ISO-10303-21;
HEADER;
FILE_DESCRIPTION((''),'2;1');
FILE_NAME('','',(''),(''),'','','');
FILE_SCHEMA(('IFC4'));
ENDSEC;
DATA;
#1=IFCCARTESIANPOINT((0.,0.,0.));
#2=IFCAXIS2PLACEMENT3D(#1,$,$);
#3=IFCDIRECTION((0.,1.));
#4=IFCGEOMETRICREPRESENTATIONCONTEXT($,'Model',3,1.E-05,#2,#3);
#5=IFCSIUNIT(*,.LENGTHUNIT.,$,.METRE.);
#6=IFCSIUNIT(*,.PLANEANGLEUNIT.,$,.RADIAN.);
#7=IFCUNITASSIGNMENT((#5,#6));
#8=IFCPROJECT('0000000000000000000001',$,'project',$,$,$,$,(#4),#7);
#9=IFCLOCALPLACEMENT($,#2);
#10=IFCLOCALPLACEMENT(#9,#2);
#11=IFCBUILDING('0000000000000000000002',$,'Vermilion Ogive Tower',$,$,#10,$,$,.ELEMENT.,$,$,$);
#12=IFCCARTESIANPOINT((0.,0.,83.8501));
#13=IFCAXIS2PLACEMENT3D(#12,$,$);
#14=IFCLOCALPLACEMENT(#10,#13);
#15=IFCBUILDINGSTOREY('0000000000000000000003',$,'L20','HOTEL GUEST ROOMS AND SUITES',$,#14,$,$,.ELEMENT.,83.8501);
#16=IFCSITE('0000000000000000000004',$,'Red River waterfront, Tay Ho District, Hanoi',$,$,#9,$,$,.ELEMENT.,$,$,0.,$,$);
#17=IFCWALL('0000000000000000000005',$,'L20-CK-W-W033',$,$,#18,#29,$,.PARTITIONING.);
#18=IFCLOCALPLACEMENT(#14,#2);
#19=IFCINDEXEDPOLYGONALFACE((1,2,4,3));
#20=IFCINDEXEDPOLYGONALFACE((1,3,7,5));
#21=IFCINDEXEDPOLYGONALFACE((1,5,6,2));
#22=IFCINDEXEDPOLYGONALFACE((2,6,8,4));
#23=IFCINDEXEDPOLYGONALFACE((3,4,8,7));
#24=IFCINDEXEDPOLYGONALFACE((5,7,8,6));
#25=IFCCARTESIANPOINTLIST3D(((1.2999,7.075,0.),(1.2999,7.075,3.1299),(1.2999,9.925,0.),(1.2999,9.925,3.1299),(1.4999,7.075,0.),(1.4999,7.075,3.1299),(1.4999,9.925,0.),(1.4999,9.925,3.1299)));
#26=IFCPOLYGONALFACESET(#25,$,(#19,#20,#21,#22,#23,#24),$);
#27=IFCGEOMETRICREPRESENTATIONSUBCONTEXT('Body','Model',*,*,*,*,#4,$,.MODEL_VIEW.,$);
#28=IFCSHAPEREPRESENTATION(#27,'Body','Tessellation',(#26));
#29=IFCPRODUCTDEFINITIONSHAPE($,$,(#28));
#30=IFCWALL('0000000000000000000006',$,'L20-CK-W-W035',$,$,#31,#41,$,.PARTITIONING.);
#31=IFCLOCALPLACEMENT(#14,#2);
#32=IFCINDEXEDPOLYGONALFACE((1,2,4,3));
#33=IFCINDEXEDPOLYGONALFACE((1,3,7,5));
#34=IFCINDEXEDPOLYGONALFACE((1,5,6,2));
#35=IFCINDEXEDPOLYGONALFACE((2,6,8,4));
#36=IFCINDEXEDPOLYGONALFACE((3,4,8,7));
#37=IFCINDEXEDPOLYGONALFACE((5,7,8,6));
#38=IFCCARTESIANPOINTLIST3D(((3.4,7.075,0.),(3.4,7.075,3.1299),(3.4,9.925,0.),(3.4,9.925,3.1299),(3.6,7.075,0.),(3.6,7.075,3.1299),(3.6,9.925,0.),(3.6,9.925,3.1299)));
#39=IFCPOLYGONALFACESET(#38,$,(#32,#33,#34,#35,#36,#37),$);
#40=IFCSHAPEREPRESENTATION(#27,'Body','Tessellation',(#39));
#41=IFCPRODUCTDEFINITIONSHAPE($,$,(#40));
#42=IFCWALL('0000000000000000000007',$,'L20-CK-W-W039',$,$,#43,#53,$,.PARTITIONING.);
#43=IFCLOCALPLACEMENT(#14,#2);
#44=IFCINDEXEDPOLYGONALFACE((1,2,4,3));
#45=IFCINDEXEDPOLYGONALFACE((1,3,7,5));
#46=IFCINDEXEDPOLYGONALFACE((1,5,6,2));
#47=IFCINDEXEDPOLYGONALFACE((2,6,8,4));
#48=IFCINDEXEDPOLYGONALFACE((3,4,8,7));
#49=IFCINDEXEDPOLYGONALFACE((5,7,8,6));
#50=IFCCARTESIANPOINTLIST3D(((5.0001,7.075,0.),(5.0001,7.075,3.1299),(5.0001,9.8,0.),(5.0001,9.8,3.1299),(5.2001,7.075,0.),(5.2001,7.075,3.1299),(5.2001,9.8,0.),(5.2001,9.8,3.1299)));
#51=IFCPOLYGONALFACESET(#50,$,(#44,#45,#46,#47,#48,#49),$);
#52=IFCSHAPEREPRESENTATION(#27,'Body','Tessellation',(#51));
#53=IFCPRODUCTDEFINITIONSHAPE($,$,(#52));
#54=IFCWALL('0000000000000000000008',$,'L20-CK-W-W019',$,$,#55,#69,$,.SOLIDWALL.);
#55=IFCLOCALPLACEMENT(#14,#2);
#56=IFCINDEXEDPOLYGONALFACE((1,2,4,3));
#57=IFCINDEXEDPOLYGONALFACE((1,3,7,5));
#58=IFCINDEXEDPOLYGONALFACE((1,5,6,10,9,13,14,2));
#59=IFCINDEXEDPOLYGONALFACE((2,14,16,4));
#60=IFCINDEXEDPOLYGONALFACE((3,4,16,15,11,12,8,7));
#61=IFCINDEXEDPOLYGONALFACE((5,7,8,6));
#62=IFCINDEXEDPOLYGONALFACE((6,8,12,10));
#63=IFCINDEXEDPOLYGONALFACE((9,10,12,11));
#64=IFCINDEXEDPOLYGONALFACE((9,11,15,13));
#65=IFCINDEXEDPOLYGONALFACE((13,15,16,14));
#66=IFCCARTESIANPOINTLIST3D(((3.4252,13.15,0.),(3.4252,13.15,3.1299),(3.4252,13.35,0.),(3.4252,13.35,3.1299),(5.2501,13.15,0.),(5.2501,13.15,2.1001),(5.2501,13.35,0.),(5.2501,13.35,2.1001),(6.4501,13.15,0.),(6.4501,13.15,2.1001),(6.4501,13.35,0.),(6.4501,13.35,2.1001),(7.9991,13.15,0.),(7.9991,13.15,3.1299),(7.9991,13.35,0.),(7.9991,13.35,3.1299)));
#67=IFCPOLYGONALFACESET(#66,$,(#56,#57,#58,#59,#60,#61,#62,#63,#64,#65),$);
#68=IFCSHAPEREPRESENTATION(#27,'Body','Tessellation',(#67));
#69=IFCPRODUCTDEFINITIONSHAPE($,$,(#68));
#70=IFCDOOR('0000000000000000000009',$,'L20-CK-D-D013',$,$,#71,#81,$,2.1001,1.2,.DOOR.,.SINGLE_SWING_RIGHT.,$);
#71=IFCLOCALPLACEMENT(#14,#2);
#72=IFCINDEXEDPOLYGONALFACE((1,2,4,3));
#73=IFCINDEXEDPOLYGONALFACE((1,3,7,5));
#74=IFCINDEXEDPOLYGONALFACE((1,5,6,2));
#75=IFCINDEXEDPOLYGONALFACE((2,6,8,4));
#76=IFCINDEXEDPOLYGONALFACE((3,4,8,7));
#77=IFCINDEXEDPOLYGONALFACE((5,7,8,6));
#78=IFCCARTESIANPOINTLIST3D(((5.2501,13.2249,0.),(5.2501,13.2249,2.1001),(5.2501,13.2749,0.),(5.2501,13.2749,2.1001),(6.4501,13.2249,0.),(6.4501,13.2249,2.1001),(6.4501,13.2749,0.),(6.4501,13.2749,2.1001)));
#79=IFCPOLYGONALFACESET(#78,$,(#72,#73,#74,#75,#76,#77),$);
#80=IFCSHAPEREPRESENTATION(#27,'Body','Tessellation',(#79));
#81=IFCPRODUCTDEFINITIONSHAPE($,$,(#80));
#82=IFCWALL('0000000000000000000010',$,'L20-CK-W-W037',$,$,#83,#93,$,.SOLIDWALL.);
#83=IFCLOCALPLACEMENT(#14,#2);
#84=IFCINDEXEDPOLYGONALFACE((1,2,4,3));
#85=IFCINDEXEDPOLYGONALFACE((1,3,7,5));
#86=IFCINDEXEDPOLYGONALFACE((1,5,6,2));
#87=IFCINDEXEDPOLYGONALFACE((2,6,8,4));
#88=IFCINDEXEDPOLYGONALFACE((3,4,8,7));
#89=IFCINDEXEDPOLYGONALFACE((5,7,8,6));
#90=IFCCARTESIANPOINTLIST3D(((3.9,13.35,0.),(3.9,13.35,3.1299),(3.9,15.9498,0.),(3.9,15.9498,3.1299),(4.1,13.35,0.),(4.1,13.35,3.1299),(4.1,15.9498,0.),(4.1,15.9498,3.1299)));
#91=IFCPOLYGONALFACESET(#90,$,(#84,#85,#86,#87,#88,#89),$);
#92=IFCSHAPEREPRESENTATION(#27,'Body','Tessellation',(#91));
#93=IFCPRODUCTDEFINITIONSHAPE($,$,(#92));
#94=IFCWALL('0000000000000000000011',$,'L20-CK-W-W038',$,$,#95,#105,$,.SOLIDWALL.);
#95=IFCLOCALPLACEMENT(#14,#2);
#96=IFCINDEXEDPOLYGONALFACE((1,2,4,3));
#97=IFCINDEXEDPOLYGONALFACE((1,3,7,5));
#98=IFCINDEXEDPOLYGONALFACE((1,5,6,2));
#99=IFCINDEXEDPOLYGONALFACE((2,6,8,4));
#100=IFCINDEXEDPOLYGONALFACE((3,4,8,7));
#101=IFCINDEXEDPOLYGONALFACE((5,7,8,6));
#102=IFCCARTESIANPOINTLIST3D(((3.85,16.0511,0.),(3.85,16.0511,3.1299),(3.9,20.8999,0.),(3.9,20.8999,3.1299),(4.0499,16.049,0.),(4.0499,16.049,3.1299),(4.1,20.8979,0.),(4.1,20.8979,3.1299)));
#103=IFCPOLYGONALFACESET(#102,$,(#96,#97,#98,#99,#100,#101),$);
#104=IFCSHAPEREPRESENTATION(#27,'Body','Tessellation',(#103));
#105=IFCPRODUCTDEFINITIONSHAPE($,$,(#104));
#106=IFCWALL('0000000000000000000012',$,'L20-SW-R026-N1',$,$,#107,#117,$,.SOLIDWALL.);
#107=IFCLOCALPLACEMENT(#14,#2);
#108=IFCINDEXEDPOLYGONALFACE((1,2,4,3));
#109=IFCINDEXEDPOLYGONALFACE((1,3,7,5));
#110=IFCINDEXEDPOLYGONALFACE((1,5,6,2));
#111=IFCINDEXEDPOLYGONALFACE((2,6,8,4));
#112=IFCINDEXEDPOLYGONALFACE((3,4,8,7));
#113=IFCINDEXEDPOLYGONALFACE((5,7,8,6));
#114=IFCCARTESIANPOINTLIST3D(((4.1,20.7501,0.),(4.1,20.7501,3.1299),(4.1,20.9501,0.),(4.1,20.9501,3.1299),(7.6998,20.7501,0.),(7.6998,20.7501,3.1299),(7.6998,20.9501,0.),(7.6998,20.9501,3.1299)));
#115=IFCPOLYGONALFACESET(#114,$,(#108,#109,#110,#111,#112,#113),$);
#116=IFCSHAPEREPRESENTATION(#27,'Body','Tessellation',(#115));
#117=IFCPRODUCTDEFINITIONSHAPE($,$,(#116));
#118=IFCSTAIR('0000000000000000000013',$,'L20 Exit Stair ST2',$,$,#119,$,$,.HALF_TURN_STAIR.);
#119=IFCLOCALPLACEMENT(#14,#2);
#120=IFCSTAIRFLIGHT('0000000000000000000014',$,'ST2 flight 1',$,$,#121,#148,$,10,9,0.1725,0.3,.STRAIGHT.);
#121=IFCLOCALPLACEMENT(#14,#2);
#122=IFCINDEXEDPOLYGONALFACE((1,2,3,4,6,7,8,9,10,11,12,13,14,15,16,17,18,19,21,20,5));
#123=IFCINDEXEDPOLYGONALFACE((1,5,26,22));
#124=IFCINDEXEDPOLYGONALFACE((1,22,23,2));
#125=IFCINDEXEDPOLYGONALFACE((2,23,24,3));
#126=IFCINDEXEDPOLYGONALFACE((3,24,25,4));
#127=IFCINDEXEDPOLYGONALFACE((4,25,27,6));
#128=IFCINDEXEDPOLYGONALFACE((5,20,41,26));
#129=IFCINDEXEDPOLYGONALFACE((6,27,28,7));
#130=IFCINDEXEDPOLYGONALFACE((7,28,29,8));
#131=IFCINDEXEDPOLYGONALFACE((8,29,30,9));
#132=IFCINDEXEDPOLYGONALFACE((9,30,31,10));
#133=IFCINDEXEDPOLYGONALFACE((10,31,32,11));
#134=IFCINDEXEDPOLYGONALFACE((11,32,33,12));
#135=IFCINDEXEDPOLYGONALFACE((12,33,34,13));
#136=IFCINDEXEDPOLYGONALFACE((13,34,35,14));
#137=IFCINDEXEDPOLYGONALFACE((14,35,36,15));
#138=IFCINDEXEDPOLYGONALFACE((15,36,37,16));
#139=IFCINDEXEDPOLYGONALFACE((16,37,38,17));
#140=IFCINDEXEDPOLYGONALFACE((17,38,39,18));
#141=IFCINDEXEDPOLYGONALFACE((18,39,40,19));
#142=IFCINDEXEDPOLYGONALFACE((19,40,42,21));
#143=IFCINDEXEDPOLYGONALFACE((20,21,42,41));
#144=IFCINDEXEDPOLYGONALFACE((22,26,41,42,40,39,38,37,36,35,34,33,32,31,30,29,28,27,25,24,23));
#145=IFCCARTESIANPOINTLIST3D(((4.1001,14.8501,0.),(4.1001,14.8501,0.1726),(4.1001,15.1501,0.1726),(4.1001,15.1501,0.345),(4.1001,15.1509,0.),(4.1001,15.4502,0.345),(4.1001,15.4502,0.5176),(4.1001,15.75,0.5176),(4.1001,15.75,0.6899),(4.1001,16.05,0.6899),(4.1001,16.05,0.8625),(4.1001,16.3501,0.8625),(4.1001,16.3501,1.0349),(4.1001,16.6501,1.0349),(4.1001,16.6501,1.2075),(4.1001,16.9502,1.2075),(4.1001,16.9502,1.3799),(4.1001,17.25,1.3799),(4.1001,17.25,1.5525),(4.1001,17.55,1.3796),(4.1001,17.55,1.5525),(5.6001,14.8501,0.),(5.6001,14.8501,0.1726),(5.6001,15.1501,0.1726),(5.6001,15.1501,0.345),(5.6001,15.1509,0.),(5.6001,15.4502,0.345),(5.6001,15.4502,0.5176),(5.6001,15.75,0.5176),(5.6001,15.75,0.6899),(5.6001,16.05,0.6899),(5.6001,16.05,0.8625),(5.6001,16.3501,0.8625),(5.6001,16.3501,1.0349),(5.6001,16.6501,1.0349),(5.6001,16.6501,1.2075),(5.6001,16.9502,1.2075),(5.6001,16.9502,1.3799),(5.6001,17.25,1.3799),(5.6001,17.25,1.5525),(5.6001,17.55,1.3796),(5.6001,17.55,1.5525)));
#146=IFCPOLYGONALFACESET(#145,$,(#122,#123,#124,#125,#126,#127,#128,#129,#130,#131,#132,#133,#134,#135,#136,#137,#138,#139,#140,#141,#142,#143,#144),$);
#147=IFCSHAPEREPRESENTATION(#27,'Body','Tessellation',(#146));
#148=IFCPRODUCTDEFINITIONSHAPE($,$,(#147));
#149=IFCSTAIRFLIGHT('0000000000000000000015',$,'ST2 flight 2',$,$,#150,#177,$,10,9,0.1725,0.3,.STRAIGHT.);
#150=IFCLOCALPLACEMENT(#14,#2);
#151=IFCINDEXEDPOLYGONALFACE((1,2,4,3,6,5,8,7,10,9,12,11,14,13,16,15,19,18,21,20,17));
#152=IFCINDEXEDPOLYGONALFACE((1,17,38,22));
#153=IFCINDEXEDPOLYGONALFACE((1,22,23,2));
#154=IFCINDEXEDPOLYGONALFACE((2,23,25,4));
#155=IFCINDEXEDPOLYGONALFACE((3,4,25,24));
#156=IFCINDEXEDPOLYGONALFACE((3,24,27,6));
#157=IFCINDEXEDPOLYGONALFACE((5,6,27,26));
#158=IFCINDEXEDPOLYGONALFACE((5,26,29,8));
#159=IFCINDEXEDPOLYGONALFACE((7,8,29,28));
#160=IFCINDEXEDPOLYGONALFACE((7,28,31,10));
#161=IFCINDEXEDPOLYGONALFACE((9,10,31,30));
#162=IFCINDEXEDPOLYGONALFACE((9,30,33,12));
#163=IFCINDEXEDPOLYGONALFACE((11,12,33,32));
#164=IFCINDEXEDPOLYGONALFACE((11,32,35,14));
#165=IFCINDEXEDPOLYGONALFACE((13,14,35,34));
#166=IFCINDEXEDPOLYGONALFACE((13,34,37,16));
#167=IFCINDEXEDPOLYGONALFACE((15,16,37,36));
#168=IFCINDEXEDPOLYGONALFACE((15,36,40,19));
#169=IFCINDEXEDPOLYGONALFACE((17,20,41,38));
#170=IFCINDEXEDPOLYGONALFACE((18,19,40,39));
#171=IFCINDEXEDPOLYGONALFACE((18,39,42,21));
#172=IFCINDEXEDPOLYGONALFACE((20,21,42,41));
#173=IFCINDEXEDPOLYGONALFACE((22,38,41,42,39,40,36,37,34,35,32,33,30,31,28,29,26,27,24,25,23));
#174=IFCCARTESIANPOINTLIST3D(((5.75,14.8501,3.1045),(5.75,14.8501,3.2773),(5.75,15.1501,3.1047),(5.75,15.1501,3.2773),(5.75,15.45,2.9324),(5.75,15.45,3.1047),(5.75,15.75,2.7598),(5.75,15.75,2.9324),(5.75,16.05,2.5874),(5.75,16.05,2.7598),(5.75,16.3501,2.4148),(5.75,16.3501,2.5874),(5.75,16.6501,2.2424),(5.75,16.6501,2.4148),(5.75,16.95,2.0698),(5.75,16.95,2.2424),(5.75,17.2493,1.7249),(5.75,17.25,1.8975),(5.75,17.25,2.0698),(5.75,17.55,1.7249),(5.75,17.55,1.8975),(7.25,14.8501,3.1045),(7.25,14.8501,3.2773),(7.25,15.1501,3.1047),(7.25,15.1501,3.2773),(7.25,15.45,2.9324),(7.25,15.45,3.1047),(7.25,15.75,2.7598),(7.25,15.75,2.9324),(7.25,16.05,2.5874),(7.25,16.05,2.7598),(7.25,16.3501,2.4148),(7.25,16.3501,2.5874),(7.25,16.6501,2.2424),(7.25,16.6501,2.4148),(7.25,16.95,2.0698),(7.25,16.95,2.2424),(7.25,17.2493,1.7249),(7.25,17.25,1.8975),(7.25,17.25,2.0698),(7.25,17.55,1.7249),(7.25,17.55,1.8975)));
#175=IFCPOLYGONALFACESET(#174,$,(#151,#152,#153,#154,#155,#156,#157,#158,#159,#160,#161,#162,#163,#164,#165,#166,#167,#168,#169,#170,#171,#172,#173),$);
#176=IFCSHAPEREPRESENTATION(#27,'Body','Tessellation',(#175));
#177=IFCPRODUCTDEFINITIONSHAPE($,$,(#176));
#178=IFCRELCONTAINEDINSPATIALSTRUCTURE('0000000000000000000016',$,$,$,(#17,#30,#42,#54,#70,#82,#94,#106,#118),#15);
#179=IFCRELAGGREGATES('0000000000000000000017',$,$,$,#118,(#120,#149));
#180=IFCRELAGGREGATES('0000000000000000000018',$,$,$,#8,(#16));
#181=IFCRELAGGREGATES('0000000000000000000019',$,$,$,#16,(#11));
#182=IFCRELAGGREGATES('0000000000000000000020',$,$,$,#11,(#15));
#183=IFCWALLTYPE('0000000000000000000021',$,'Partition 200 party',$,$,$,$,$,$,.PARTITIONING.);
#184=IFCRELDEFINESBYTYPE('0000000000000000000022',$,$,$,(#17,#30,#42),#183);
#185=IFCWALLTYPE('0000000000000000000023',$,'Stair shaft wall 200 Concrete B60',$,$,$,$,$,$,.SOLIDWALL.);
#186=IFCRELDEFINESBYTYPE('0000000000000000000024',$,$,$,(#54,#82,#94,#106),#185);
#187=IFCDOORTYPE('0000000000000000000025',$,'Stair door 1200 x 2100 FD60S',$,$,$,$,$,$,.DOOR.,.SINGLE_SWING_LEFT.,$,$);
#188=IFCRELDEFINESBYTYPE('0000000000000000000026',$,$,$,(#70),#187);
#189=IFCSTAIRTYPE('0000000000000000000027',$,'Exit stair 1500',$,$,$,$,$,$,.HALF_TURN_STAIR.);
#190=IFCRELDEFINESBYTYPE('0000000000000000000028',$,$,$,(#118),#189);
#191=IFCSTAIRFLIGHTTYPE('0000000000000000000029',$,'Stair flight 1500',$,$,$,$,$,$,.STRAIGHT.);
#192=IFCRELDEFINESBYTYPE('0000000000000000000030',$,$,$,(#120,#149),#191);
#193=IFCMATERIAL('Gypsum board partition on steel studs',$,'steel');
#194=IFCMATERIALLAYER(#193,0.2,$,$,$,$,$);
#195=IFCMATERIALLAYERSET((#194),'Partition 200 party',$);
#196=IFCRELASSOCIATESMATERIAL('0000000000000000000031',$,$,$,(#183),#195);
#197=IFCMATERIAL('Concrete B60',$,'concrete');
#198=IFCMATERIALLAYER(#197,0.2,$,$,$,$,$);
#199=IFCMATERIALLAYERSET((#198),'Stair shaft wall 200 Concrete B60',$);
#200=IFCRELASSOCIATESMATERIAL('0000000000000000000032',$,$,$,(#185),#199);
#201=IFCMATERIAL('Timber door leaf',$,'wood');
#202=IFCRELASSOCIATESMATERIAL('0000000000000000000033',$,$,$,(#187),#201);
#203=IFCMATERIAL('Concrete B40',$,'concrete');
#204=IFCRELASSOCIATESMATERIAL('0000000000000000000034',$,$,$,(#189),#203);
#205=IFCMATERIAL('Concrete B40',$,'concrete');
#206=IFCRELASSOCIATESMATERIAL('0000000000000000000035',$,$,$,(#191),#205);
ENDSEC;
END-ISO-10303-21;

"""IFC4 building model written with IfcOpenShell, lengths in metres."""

from ifc_helpers import new_model, si_unit, direction, frame, frame_2d, origin, place, context, subcontext, project, spatial, polyline, rectangle, outline, extrude, material, layer, layer_set, type_object, element, fill, aggregate, save


model = new_model("IFC4")

# Units and contexts
model_context = context("Model", 3, precision=1e-05, world=origin(), true_north=direction((0.0, 1.0)))
body_context = subcontext(model_context, "Body", "Model", "MODEL_VIEW")
ifc_project = project(units=[si_unit("LENGTHUNIT", "METRE"), si_unit("PLANEANGLEUNIT", "RADIAN")], contexts=[model_context])

# Site, building, storey
site_placement = place(None, origin())
site = spatial("IfcSite", under=ifc_project, at=site_placement, Name="Red River waterfront, Tay Ho District, Hanoi", CompositionType="ELEMENT", RefElevation=0.0)
building_placement = place(site_placement, origin())
building = spatial("IfcBuilding", under=site, at=building_placement, Name="Vermilion Ogive Tower", CompositionType="ELEMENT")
storey_placement = place(building_placement, frame((0.0, 0.0, 83.8501)))
storey = spatial("IfcBuildingStorey", under=building, at=storey_placement, Name="L20", Description="HOTEL GUEST ROOMS AND SUITES", CompositionType="ELEMENT", Elevation=83.8501)

# Shared definitions
ifc_material_1 = material(Name="Gypsum board partition on steel studs", Category="steel")
ifc_layer_1 = layer(ifc_material_1, 0.2)
ifc_layer_set_1 = layer_set([ifc_layer_1], Name="Partition 200 party")
wall_type_1 = type_object("IfcWallType", Name="Partition 200 party", PredefinedType="PARTITIONING", material=ifc_layer_set_1)

# Walls
for number, where, z_axis, x_axis, name in (
    (1, (1.3999, 7.075, 0.0), (0.0, 0.0, 1.0), (0.0, 1.0, 0.0), "L20-CK-W-W033"),
    (2, (3.5, 7.075, 0.0), (0.0, 0.0, 1.0), (0.0, 1.0, 0.0), "L20-CK-W-W035"),
):
    element("IfcWall", number, at=place(storey_placement, frame(where, z_axis=z_axis, x_axis=x_axis)), inside=storey, type_object=wall_type_1, Name=name, PredefinedType="PARTITIONING", context=body_context, shape_type="SweptSolid", body=[
        extrude(rectangle(XDim=2.8501, YDim=0.2, at=frame_2d((1.425, 0.0))), origin(), (0.0, 0.0, 1.0), 3.1299),
    ])
wall_1_placement = place(storey_placement, frame((5.1001, 7.075, 0.0), z_axis=(0.0, 0.0, 1.0), x_axis=(0.0, 1.0, 0.0)))
element("IfcWall", 3, at=wall_1_placement, inside=storey, type_object=wall_type_1, Name="L20-CK-W-W039", PredefinedType="PARTITIONING", context=body_context, shape_type="SweptSolid", body=[
    extrude(rectangle(XDim=2.7251, YDim=0.2, at=frame_2d((1.3625, 0.0))), origin(), (0.0, 0.0, 1.0), 3.1299),
])

# Wall, opening, door
ifc_material_2 = material(Name="Concrete B60", Category="concrete")
ifc_layer_2 = layer(ifc_material_2, 0.2)
ifc_layer_set_2 = layer_set([ifc_layer_2], Name="Stair shaft wall 200 Concrete B60")
wall_type_2 = type_object("IfcWallType", Name="Stair shaft wall 200 Concrete B60", PredefinedType="SOLIDWALL", material=ifc_layer_set_2)
wall_2_placement = place(storey_placement, frame((3.425, 13.25, 0.0), z_axis=(0.0, 0.0, 1.0), x_axis=(1.0, 0.0, 0.0)))
wall_2 = element("IfcWall", 4, at=wall_2_placement, inside=storey, type_object=wall_type_2, Name="L20-CK-W-W019", PredefinedType="SOLIDWALL", context=body_context, shape_type="SweptSolid", body=[
    extrude(rectangle(XDim=4.574, YDim=0.2, at=frame_2d((2.2871, 0.0))), origin(), (0.0, 0.0, 1.0), 3.1299),
])
opening_1_placement = place(wall_2_placement, frame((1.825, 0.0, 0.0)))
opening_1 = element("IfcOpeningElement", 5, at=opening_1_placement, cuts=wall_2, PredefinedType="OPENING", context=body_context, shape_type="SweptSolid", body=[
    extrude(rectangle(XDim=1.2, YDim=2.1001, at=frame_2d((0.6001, 1.05))), frame((0.0, 0.1099, 0.0), z_axis=(0.0, -1.0, 0.0), x_axis=(1.0, 0.0, 0.0)), (0.0, 0.0, 1.0), 0.22),
])
ifc_material_3 = material(Name="Timber door leaf", Category="wood")
door_type_1 = type_object("IfcDoorType", Name="Stair door 1200 x 2100 FD60S", OperationType="SINGLE_SWING_LEFT", PredefinedType="DOOR", material=ifc_material_3)
door_1_placement = place(opening_1_placement, origin())
door_1 = element("IfcDoor", 6, at=door_1_placement, inside=storey, type_object=door_type_1, Name="L20-CK-D-D013", OperationType="SINGLE_SWING_RIGHT", OverallHeight=2.1001, OverallWidth=1.2, PredefinedType="DOOR", context=body_context, shape_type="SweptSolid", body=[
    extrude(rectangle(XDim=1.2, YDim=2.1001, at=frame_2d((0.6001, 1.05))), frame((0.0, 0.0249, 0.0), z_axis=(0.0, -1.0, 0.0), x_axis=(1.0, 0.0, 0.0)), (0.0, 0.0, 1.0), 0.05),
])
fill(opening_1, door_1)

# Walls
wall_3_placement = place(storey_placement, frame((4.0, 13.3501, 0.0), z_axis=(0.0, 0.0, 1.0), x_axis=(0.0, 1.0, 0.0)))
element("IfcWall", 7, at=wall_3_placement, inside=storey, type_object=wall_type_2, Name="L20-CK-W-W037", PredefinedType="SOLIDWALL", context=body_context, shape_type="SweptSolid", body=[
    extrude(rectangle(XDim=2.5999, YDim=0.2, at=frame_2d((1.2998, 0.0))), origin(), (0.0, 0.0, 1.0), 3.1299),
])
wall_4_placement = place(storey_placement, frame((3.95, 16.05, 0.0), z_axis=(0.0, 0.0, 1.0), x_axis=(0.010321, 0.999947, 0.0)))
element("IfcWall", 8, at=wall_4_placement, inside=storey, type_object=wall_type_2, Name="L20-CK-W-W038", PredefinedType="SOLIDWALL", context=body_context, shape_type="SweptSolid", body=[
    extrude(rectangle(XDim=4.8491, YDim=0.2, at=frame_2d((2.4246, 0.0))), origin(), (0.0, 0.0, 1.0), 3.1299),
])
wall_5_placement = place(storey_placement, frame((4.1001, 20.8501, 0.0), z_axis=(0.0, 0.0, 1.0), x_axis=(1.0, 0.0, 0.0)))
element("IfcWall", 9, at=wall_5_placement, inside=storey, type_object=wall_type_2, Name="L20-SW-R026-N1", PredefinedType="SOLIDWALL", context=body_context, shape_type="SweptSolid", body=[
    extrude(rectangle(XDim=3.5999, YDim=0.2, at=frame_2d((1.7998, 0.0))), origin(), (0.0, 0.0, 1.0), 3.1299),
])

# Stair, stair flights
ifc_material_4 = material(Name="Concrete B40", Category="concrete")
stair_type = type_object("IfcStairType", Name="Exit stair 1500", PredefinedType="HALF_TURN_STAIR", material=ifc_material_4)
stair_placement = place(storey_placement, origin())
stair = element("IfcStair", 10, at=stair_placement, inside=storey, type_object=stair_type, Name="L20 Exit Stair ST2", PredefinedType="HALF_TURN_STAIR")
ifc_material_5 = material(Name="Concrete B40", Category="concrete")
stair_flight_type = type_object("IfcStairFlightType", Name="Stair flight 1500", PredefinedType="STRAIGHT", material=ifc_material_5)
stair_flight_1_placement = place(storey_placement, frame((4.8501, 14.8501, 0.0), z_axis=(0.0, 0.0, 1.0), x_axis=(0.0, 1.0, 0.0)))
stair_flight_1 = element("IfcStairFlight", 11, at=stair_flight_1_placement, type_object=stair_flight_type, Name="ST2 flight 1", NumberOfRisers=10, NumberOfTreads=9, PredefinedType="STRAIGHT", RiserHeight=0.1725, TreadLength=0.3, context=body_context, shape_type="SweptSolid", body=[
    extrude(outline(polyline([(0.0, 0.0), (0.0, 0.1726), (0.3, 0.1726), (0.3, 0.345), (0.6001, 0.345), (0.6001, 0.5176), (0.8999, 0.5176), (0.8999, 0.6899), (1.2, 0.6899), (1.2, 0.8625), (1.5, 0.8625), (1.5, 1.0349), (1.8, 1.0349), (1.8, 1.2075), (2.1001, 1.2075), (2.1001, 1.3799), (2.3999, 1.3799), (2.3999, 1.5525), (2.7, 1.5525), (2.7, 1.7251), (2.7, 1.3796), (0.3008, 0.0), (0.0, 0.0)])), frame((0.0, 0.75, 0.0), z_axis=(0.0, -1.0, 0.0), x_axis=(1.0, 0.0, 0.0)), (0.0, 0.0, 1.0), 1.5),
])
stair_flight_2_placement = place(storey_placement, frame((6.5, 17.55, 1.7249), z_axis=(0.0, 0.0, 1.0), x_axis=(0.0, -1.0, 0.0)))
stair_flight_2 = element("IfcStairFlight", 12, at=stair_flight_2_placement, type_object=stair_flight_type, Name="ST2 flight 2", NumberOfRisers=10, NumberOfTreads=9, PredefinedType="STRAIGHT", RiserHeight=0.1725, TreadLength=0.3, context=body_context, shape_type="SweptSolid", body=[
    extrude(outline(polyline([(0.0, 0.0), (0.0, 0.1726), (0.3, 0.1726), (0.3, 0.345), (0.6001, 0.345), (0.6001, 0.5176), (0.8999, 0.5176), (0.8999, 0.6899), (1.2, 0.6899), (1.2, 0.8625), (1.5, 0.8625), (1.5, 1.0349), (1.8, 1.0349), (1.8, 1.2075), (2.1001, 1.2075), (2.1001, 1.3799), (2.3999, 1.3799), (2.3999, 1.5525), (2.7, 1.5525), (2.7, 1.7251), (2.7, 1.3796), (0.3008, 0.0), (0.0, 0.0)])), frame((0.0, 0.75, 0.0), z_axis=(0.0, -1.0, 0.0), x_axis=(1.0, 0.0, 0.0)), (0.0, 0.0, 1.0), 1.5),
])
aggregate(stair, [stair_flight_1, stair_flight_2])

save(model, "model.ifc")
